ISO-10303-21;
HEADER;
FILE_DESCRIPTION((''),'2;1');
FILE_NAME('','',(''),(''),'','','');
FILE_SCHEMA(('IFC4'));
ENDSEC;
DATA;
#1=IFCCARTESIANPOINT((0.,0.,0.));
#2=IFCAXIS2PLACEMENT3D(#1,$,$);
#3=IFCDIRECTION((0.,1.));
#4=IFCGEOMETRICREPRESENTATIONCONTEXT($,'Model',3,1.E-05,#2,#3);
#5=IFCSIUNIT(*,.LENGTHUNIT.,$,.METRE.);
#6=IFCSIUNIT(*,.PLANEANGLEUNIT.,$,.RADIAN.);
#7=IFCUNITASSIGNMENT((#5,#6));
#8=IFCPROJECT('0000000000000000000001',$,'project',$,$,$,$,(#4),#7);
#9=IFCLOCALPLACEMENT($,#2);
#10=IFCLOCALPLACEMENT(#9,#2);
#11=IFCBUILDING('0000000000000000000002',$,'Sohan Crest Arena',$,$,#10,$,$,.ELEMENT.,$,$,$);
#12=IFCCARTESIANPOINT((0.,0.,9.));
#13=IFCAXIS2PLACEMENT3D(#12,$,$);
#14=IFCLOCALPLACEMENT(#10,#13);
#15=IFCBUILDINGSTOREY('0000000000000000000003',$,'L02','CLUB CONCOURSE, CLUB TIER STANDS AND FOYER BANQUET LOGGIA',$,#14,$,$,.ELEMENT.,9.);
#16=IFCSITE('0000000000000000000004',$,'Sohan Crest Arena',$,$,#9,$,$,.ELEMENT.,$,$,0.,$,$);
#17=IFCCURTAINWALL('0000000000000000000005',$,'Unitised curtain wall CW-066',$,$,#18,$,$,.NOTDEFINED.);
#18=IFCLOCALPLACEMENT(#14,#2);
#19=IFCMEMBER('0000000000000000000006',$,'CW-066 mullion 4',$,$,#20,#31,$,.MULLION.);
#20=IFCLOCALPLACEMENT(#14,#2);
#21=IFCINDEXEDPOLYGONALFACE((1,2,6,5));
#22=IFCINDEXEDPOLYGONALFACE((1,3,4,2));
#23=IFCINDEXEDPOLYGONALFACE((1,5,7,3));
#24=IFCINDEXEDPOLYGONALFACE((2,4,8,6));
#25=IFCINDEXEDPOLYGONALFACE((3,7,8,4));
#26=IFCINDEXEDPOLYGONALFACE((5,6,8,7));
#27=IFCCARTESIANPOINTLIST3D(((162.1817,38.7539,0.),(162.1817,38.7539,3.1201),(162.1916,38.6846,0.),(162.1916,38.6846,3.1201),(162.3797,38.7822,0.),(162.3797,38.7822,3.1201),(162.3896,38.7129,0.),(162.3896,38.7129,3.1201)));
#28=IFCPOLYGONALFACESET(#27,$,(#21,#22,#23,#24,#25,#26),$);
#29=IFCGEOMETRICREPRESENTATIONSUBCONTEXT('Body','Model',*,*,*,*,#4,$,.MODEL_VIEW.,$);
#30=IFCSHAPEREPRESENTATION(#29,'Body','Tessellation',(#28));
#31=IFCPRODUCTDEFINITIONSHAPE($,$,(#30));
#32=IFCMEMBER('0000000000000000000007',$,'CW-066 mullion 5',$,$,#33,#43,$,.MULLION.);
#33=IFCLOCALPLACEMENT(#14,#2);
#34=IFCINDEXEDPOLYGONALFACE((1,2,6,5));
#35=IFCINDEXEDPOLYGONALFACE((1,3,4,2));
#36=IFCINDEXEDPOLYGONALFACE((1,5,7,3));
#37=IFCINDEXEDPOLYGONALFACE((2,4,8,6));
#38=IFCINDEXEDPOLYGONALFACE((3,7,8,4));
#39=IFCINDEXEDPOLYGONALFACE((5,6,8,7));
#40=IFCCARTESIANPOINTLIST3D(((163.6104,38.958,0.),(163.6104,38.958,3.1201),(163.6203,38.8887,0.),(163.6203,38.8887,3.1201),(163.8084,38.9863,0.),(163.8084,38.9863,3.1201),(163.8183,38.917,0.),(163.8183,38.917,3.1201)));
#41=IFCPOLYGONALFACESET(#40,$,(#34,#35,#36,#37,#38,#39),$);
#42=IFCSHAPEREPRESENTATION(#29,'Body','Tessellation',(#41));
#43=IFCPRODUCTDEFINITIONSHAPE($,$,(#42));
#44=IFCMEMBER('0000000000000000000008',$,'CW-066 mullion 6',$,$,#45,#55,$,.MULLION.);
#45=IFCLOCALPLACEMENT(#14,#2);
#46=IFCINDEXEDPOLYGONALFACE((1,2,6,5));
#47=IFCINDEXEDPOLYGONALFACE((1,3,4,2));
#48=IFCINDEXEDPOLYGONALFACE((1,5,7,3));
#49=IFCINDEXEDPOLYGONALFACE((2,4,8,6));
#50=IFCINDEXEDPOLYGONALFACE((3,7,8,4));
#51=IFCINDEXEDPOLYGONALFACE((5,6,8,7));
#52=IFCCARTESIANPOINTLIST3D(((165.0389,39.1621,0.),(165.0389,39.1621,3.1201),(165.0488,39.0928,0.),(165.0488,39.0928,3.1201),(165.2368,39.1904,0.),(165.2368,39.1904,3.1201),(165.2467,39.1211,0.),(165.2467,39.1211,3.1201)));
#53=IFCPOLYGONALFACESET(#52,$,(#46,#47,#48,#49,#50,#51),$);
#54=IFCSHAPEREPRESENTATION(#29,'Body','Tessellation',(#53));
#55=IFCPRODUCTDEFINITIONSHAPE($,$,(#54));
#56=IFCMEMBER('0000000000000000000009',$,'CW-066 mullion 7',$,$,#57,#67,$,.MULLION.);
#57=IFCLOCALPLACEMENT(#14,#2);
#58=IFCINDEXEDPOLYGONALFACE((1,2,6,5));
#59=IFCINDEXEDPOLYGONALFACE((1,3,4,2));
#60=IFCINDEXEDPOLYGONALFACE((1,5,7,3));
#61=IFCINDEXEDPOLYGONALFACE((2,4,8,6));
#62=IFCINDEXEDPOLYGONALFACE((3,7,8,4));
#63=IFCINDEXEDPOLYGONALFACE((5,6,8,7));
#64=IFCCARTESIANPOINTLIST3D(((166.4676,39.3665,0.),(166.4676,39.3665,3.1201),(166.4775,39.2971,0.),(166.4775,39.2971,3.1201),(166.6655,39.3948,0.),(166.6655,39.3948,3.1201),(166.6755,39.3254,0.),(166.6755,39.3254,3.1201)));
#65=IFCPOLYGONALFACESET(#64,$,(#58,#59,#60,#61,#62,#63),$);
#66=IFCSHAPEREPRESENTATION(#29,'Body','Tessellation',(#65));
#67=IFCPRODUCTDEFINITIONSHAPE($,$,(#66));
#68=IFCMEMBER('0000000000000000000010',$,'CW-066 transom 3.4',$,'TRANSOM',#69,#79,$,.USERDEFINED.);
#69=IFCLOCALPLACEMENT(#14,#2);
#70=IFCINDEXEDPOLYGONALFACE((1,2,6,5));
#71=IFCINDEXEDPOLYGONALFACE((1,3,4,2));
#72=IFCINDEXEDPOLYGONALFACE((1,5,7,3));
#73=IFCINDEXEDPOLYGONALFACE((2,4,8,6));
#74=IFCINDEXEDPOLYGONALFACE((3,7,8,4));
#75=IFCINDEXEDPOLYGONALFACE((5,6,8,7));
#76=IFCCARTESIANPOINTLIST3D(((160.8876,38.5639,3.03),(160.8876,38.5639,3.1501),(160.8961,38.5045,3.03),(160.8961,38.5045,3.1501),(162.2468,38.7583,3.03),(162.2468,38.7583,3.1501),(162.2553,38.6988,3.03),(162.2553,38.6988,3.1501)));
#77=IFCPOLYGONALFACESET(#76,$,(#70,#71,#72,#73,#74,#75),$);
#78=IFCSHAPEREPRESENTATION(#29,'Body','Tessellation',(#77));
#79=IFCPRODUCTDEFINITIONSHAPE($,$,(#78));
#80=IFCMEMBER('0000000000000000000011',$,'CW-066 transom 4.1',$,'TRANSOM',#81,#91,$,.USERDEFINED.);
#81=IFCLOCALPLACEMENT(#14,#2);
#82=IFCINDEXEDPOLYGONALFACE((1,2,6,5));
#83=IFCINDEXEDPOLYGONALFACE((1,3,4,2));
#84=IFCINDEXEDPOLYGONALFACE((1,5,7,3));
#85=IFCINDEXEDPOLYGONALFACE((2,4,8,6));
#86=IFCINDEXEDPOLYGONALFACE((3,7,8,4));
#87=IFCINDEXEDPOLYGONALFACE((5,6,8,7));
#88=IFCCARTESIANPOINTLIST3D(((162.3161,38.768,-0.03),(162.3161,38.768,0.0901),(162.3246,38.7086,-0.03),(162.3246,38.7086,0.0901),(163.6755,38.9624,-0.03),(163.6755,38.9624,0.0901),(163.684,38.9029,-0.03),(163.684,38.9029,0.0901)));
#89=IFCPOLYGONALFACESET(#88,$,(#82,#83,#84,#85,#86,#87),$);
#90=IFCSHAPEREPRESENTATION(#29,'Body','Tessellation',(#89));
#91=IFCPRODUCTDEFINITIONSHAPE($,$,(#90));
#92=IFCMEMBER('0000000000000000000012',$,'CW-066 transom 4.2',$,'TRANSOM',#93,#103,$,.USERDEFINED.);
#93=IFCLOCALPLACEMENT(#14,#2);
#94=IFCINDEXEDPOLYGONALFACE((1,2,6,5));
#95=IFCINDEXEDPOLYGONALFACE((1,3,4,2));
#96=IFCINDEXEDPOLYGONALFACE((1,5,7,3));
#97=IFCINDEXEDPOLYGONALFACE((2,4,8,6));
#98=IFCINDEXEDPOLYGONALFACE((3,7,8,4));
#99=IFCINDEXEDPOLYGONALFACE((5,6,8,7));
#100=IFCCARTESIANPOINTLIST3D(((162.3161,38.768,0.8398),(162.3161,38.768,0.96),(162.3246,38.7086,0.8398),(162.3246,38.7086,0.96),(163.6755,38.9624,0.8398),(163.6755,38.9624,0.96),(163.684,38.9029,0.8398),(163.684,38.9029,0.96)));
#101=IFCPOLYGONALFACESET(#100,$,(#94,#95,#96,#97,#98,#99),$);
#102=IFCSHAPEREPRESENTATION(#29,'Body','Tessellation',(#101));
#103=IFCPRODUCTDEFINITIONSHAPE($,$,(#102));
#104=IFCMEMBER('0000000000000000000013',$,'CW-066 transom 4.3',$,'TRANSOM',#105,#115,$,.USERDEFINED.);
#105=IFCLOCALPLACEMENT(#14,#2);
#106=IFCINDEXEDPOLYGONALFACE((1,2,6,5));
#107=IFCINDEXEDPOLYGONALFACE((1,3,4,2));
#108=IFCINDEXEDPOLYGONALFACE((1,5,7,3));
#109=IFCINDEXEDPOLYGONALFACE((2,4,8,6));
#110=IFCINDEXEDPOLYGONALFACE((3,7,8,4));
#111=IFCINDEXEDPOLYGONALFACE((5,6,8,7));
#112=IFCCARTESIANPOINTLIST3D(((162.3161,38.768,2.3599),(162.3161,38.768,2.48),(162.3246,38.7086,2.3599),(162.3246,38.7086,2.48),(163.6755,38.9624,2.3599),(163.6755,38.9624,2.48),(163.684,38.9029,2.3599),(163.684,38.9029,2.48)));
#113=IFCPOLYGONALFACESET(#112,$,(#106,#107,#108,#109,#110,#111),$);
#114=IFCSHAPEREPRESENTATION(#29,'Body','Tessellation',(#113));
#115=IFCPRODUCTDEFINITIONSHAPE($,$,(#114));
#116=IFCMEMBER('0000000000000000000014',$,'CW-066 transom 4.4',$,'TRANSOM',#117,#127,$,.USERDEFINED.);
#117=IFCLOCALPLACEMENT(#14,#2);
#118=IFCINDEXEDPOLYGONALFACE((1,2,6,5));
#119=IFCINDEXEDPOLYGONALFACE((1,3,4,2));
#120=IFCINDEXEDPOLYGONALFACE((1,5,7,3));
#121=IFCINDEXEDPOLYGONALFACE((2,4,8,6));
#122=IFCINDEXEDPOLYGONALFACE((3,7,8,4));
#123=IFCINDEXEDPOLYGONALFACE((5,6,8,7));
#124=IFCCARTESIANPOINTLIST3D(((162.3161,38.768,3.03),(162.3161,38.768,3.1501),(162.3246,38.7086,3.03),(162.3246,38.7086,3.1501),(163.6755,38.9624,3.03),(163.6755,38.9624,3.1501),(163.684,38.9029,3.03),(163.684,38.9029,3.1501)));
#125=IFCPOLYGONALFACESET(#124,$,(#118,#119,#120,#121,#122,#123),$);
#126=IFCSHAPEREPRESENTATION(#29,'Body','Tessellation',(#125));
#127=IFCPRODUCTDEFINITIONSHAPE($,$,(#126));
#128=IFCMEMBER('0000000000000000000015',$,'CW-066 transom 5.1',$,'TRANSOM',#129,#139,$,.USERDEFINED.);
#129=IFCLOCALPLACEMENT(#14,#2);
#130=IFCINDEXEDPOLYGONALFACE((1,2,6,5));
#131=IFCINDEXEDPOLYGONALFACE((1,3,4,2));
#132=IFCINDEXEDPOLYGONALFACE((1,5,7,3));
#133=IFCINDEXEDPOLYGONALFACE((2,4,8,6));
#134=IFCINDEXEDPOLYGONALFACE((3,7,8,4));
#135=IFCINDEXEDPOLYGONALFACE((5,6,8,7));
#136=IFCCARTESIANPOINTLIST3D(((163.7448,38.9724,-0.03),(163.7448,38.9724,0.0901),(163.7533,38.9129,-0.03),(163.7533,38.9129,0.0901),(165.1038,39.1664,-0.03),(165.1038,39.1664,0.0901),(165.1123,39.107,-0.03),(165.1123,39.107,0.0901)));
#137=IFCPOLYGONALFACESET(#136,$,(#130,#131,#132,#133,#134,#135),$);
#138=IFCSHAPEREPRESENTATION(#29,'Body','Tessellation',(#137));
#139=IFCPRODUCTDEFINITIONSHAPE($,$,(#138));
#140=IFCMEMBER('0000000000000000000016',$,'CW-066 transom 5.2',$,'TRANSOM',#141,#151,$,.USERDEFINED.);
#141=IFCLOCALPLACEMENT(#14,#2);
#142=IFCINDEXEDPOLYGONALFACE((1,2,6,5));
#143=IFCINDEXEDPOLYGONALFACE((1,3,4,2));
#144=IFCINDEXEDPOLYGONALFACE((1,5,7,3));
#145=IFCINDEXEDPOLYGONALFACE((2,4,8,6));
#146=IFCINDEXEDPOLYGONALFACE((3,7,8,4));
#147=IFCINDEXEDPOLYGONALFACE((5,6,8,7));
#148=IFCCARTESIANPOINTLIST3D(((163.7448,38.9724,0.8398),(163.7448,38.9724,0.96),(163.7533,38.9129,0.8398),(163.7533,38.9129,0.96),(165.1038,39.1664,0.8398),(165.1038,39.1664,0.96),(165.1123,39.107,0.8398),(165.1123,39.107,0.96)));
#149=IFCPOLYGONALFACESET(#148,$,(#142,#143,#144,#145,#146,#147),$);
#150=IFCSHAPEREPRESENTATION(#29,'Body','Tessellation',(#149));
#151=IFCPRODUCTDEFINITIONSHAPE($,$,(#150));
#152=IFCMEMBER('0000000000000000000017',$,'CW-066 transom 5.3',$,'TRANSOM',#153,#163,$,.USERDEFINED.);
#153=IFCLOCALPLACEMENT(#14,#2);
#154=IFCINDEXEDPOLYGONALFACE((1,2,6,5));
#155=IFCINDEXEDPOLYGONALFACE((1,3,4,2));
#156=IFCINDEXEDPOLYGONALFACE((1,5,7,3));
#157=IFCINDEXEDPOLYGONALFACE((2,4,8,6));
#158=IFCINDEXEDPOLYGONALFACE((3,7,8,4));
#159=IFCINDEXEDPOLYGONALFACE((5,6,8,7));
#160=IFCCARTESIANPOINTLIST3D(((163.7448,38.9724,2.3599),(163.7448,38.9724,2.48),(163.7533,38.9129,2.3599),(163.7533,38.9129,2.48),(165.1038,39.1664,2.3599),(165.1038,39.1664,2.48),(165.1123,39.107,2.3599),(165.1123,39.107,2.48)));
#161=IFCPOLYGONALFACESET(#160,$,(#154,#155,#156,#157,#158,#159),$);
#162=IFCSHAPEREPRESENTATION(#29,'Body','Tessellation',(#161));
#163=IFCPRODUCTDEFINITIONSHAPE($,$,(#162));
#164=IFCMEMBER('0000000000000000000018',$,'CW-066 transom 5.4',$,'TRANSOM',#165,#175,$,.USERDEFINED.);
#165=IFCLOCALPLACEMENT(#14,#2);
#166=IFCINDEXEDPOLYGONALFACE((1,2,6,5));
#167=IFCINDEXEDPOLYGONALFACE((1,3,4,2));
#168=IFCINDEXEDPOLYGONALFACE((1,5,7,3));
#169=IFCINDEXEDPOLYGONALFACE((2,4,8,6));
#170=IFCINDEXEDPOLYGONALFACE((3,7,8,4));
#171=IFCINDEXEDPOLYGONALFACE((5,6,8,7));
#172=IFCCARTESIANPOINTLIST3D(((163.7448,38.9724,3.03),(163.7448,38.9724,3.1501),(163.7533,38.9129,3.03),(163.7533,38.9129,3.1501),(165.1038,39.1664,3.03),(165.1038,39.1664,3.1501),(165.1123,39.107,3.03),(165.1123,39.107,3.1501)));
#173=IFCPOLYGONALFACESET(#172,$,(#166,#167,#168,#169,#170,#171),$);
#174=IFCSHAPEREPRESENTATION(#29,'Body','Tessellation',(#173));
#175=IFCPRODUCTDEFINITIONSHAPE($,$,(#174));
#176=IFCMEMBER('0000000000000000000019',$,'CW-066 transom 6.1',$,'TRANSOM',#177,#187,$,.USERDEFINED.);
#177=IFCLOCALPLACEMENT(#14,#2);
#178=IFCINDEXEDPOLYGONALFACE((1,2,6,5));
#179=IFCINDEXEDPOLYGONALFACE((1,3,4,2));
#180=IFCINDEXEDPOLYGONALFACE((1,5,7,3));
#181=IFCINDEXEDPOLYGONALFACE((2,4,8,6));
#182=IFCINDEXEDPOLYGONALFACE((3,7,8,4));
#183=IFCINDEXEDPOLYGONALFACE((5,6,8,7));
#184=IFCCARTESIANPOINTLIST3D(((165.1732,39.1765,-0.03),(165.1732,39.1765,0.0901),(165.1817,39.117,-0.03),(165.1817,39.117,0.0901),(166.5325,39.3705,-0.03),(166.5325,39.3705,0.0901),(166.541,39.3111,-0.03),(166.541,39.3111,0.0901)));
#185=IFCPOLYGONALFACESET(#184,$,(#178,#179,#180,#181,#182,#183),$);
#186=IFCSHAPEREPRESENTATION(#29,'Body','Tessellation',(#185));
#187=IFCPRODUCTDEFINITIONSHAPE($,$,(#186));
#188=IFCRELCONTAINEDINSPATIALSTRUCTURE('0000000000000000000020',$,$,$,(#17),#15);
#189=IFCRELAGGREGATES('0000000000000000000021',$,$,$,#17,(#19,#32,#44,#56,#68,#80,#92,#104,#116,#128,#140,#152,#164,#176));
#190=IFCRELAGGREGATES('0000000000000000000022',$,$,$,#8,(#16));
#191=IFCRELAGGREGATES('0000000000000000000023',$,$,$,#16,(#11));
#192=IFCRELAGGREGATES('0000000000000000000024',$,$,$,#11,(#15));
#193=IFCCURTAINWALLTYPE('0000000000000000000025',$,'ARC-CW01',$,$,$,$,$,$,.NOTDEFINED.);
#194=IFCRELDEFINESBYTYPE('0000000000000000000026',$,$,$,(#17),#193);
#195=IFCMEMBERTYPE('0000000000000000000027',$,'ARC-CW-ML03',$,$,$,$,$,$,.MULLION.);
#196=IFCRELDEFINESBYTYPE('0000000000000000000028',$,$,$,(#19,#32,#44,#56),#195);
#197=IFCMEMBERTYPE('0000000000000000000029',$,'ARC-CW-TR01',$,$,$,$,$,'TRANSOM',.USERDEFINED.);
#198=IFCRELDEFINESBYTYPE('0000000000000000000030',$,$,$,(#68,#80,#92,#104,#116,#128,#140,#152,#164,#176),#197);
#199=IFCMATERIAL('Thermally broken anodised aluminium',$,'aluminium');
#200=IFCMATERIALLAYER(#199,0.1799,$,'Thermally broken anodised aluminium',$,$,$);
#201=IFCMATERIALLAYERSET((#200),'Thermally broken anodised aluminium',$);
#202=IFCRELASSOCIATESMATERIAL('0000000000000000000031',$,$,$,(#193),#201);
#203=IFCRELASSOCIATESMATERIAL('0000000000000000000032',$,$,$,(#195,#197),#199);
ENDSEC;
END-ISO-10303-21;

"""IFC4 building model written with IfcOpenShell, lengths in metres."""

from ifc_helpers import new_model, si_unit, direction, frame, origin, origin_2d, place, context, subcontext, project, spatial, rectangle, extrude, material, layer, layer_set, material_profile, profile_set, type_object, element, aggregate, save


model = new_model("IFC4")

# Units and contexts
model_context = context("Model", 3, precision=1e-05, world=origin(), true_north=direction((0.0, 1.0)))
body_context = subcontext(model_context, "Body", "Model", "MODEL_VIEW")
ifc_project = project(units=[si_unit("LENGTHUNIT", "METRE"), si_unit("PLANEANGLEUNIT", "RADIAN")], contexts=[model_context])

# Site, building, storey
site_placement = place(None, origin())
site = spatial("IfcSite", under=ifc_project, at=site_placement, Name="Sohan Crest Arena", CompositionType="ELEMENT", RefElevation=0.0)
building_placement = place(site_placement, origin())
building = spatial("IfcBuilding", under=site, at=building_placement, Name="Sohan Crest Arena", CompositionType="ELEMENT")
storey_placement = place(building_placement, frame((0.0, 0.0, 9.0)))
storey = spatial("IfcBuildingStorey", under=building, at=storey_placement, Name="L02", Description="CLUB CONCOURSE, CLUB TIER STANDS AND FOYER BANQUET LOGGIA", CompositionType="ELEMENT", Elevation=9.0)

# Curtain wall, members
ifc_material_1 = material(Name="Thermally broken anodised aluminium", Category="aluminium")
ifc_layer_1 = layer(ifc_material_1, 0.1799, Name="Thermally broken anodised aluminium")
ifc_layer_set_1 = layer_set([ifc_layer_1], Name="Thermally broken anodised aluminium")
curtain_wall_type = type_object("IfcCurtainWallType", Name="ARC-CW01", PredefinedType="NOTDEFINED", material=ifc_layer_set_1)
curtain_wall_placement = place(storey_placement, origin())
curtain_wall = element("IfcCurtainWall", 1, at=curtain_wall_placement, inside=storey, type_object=curtain_wall_type, Name="Unitised curtain wall CW-066", PredefinedType="NOTDEFINED")
ifc_material_profile_1 = material_profile(ifc_material_1, rectangle(XDim=0.0701, YDim=0.2, at=origin_2d()), Name="ALU-MULL 70x200")
ifc_profile_set_1 = profile_set([ifc_material_profile_1], Name="Thermally broken anodised aluminium")
member_type_1 = type_object("IfcMemberType", Name="ARC-CW-ML03", PredefinedType="MULLION", material=ifc_profile_set_1)
member_1_placement = place(storey_placement, frame((162.2856, 38.7334, 0.0), z_axis=(0.0, 0.0, 1.0), x_axis=(-0.141463, 0.989944, 0.0)))
member_1 = element("IfcMember", 2, at=member_1_placement, type_object=member_type_1, Name="CW-066 mullion 4", PredefinedType="MULLION", context=body_context, shape_type="SweptSolid", body=[
    extrude(rectangle(XDim=0.0701, YDim=0.2, at=origin_2d()), origin(), (0.0, 0.0, 1.0), 3.1201),
])
member_2_placement = place(storey_placement, frame((163.7144, 38.9375, 0.0), z_axis=(0.0, 0.0, 1.0), x_axis=(-0.141463, 0.989944, 0.0)))
member_2 = element("IfcMember", 3, at=member_2_placement, type_object=member_type_1, Name="CW-066 mullion 5", PredefinedType="MULLION", context=body_context, shape_type="SweptSolid", body=[
    extrude(rectangle(XDim=0.0701, YDim=0.2, at=origin_2d()), origin(), (0.0, 0.0, 1.0), 3.1201),
])
member_3_placement = place(storey_placement, frame((165.1428, 39.1416, 0.0), z_axis=(0.0, 0.0, 1.0), x_axis=(-0.141463, 0.989944, 0.0)))
member_3 = element("IfcMember", 4, at=member_3_placement, type_object=member_type_1, Name="CW-066 mullion 6", PredefinedType="MULLION", context=body_context, shape_type="SweptSolid", body=[
    extrude(rectangle(XDim=0.0701, YDim=0.2, at=origin_2d()), origin(), (0.0, 0.0, 1.0), 3.1201),
])
member_4_placement = place(storey_placement, frame((166.5715, 39.3459, 0.0), z_axis=(0.0, 0.0, 1.0), x_axis=(-0.141463, 0.989944, 0.0)))
member_4 = element("IfcMember", 5, at=member_4_placement, type_object=member_type_1, Name="CW-066 mullion 7", PredefinedType="MULLION", context=body_context, shape_type="SweptSolid", body=[
    extrude(rectangle(XDim=0.0701, YDim=0.2, at=origin_2d()), origin(), (0.0, 0.0, 1.0), 3.1201),
])
ifc_material_profile_2 = material_profile(ifc_material_1, rectangle(XDim=0.0601, YDim=0.1201, at=origin_2d()), Name="ALU-TRAN 60x120")
ifc_profile_set_2 = profile_set([ifc_material_profile_2], Name="Thermally broken anodised aluminium")
member_type_2 = type_object("IfcMemberType", Name="ARC-CW-TR01", ElementType="TRANSOM", PredefinedType="USERDEFINED", material=ifc_profile_set_2)
member_5_placement = place(storey_placement, frame((160.8918, 38.5342, 3.0901), z_axis=(0.989932, 0.141546, 0.0), x_axis=(-0.141546, 0.989932, 0.0)))
member_5 = element("IfcMember", 6, at=member_5_placement, type_object=member_type_2, Name="CW-066 transom 3.4", ObjectType="TRANSOM", PredefinedType="USERDEFINED", context=body_context, shape_type="SweptSolid", body=[
    extrude(rectangle(XDim=0.0601, YDim=0.1201, at=origin_2d()), origin(), (0.0, 0.0, 1.0), 1.373),
])
member_6_placement = place(storey_placement, frame((162.3203, 38.7383, 0.03), z_axis=(0.989935, 0.141521, 0.0), x_axis=(-0.141521, 0.989935, 0.0)))
member_6 = element("IfcMember", 7, at=member_6_placement, type_object=member_type_2, Name="CW-066 transom 4.1", ObjectType="TRANSOM", PredefinedType="USERDEFINED", context=body_context, shape_type="SweptSolid", body=[
    extrude(rectangle(XDim=0.0601, YDim=0.1201, at=origin_2d()), origin(), (0.0, 0.0, 1.0), 1.3733),
])
member_7_placement = place(storey_placement, frame((162.3203, 38.7383, 0.8999), z_axis=(0.989935, 0.141521, 0.0), x_axis=(-0.141521, 0.989935, 0.0)))
member_7 = element("IfcMember", 8, at=member_7_placement, type_object=member_type_2, Name="CW-066 transom 4.2", ObjectType="TRANSOM", PredefinedType="USERDEFINED", context=body_context, shape_type="SweptSolid", body=[
    extrude(rectangle(XDim=0.0601, YDim=0.1201, at=origin_2d()), origin(), (0.0, 0.0, 1.0), 1.3733),
])
member_8_placement = place(storey_placement, frame((162.3203, 38.7383, 2.4199), z_axis=(0.989935, 0.141521, 0.0), x_axis=(-0.141521, 0.989935, 0.0)))
member_8 = element("IfcMember", 9, at=member_8_placement, type_object=member_type_2, Name="CW-066 transom 4.3", ObjectType="TRANSOM", PredefinedType="USERDEFINED", context=body_context, shape_type="SweptSolid", body=[
    extrude(rectangle(XDim=0.0601, YDim=0.1201, at=origin_2d()), origin(), (0.0, 0.0, 1.0), 1.3733),
])
member_9_placement = place(storey_placement, frame((162.3203, 38.7383, 3.0901), z_axis=(0.989935, 0.141521, 0.0), x_axis=(-0.141521, 0.989935, 0.0)))
member_9 = element("IfcMember", 10, at=member_9_placement, type_object=member_type_2, Name="CW-066 transom 4.4", ObjectType="TRANSOM", PredefinedType="USERDEFINED", context=body_context, shape_type="SweptSolid", body=[
    extrude(rectangle(XDim=0.0601, YDim=0.1201, at=origin_2d()), origin(), (0.0, 0.0, 1.0), 1.3733),
])
member_10_placement = place(storey_placement, frame((163.749, 38.9426, 0.03), z_axis=(0.989957, 0.141372, 0.0), x_axis=(-0.141372, 0.989957, 0.0)))
member_10 = element("IfcMember", 11, at=member_10_placement, type_object=member_type_2, Name="CW-066 transom 5.1", ObjectType="TRANSOM", PredefinedType="USERDEFINED", context=body_context, shape_type="SweptSolid", body=[
    extrude(rectangle(XDim=0.0601, YDim=0.1201, at=origin_2d()), origin(), (0.0, 0.0, 1.0), 1.3728),
])
member_11_placement = place(storey_placement, frame((163.749, 38.9426, 0.8999), z_axis=(0.989957, 0.141372, 0.0), x_axis=(-0.141372, 0.989957, 0.0)))
member_11 = element("IfcMember", 12, at=member_11_placement, type_object=member_type_2, Name="CW-066 transom 5.2", ObjectType="TRANSOM", PredefinedType="USERDEFINED", context=body_context, shape_type="SweptSolid", body=[
    extrude(rectangle(XDim=0.0601, YDim=0.1201, at=origin_2d()), origin(), (0.0, 0.0, 1.0), 1.3728),
])
member_12_placement = place(storey_placement, frame((163.749, 38.9426, 2.4199), z_axis=(0.989957, 0.141372, 0.0), x_axis=(-0.141372, 0.989957, 0.0)))
member_12 = element("IfcMember", 13, at=member_12_placement, type_object=member_type_2, Name="CW-066 transom 5.3", ObjectType="TRANSOM", PredefinedType="USERDEFINED", context=body_context, shape_type="SweptSolid", body=[
    extrude(rectangle(XDim=0.0601, YDim=0.1201, at=origin_2d()), origin(), (0.0, 0.0, 1.0), 1.3728),
])
member_13_placement = place(storey_placement, frame((163.749, 38.9426, 3.0901), z_axis=(0.989957, 0.141372, 0.0), x_axis=(-0.141372, 0.989957, 0.0)))
member_13 = element("IfcMember", 14, at=member_13_placement, type_object=member_type_2, Name="CW-066 transom 5.4", ObjectType="TRANSOM", PredefinedType="USERDEFINED", context=body_context, shape_type="SweptSolid", body=[
    extrude(rectangle(XDim=0.0601, YDim=0.1201, at=origin_2d()), origin(), (0.0, 0.0, 1.0), 1.3728),
])
member_14_placement = place(storey_placement, frame((165.1775, 39.1467, 0.03), z_axis=(0.98996, 0.141347, 0.0), x_axis=(-0.141347, 0.98996, 0.0)))
member_14 = element("IfcMember", 15, at=member_14_placement, type_object=member_type_2, Name="CW-066 transom 6.1", ObjectType="TRANSOM", PredefinedType="USERDEFINED", context=body_context, shape_type="SweptSolid", body=[
    extrude(rectangle(XDim=0.0601, YDim=0.1201, at=origin_2d()), origin(), (0.0, 0.0, 1.0), 1.373),
])
aggregate(curtain_wall, [member_1, member_2, member_3, member_4, member_5, member_6, member_7, member_8, member_9, member_10, member_11, member_12, member_13, member_14])

save(model, "model.ifc")
